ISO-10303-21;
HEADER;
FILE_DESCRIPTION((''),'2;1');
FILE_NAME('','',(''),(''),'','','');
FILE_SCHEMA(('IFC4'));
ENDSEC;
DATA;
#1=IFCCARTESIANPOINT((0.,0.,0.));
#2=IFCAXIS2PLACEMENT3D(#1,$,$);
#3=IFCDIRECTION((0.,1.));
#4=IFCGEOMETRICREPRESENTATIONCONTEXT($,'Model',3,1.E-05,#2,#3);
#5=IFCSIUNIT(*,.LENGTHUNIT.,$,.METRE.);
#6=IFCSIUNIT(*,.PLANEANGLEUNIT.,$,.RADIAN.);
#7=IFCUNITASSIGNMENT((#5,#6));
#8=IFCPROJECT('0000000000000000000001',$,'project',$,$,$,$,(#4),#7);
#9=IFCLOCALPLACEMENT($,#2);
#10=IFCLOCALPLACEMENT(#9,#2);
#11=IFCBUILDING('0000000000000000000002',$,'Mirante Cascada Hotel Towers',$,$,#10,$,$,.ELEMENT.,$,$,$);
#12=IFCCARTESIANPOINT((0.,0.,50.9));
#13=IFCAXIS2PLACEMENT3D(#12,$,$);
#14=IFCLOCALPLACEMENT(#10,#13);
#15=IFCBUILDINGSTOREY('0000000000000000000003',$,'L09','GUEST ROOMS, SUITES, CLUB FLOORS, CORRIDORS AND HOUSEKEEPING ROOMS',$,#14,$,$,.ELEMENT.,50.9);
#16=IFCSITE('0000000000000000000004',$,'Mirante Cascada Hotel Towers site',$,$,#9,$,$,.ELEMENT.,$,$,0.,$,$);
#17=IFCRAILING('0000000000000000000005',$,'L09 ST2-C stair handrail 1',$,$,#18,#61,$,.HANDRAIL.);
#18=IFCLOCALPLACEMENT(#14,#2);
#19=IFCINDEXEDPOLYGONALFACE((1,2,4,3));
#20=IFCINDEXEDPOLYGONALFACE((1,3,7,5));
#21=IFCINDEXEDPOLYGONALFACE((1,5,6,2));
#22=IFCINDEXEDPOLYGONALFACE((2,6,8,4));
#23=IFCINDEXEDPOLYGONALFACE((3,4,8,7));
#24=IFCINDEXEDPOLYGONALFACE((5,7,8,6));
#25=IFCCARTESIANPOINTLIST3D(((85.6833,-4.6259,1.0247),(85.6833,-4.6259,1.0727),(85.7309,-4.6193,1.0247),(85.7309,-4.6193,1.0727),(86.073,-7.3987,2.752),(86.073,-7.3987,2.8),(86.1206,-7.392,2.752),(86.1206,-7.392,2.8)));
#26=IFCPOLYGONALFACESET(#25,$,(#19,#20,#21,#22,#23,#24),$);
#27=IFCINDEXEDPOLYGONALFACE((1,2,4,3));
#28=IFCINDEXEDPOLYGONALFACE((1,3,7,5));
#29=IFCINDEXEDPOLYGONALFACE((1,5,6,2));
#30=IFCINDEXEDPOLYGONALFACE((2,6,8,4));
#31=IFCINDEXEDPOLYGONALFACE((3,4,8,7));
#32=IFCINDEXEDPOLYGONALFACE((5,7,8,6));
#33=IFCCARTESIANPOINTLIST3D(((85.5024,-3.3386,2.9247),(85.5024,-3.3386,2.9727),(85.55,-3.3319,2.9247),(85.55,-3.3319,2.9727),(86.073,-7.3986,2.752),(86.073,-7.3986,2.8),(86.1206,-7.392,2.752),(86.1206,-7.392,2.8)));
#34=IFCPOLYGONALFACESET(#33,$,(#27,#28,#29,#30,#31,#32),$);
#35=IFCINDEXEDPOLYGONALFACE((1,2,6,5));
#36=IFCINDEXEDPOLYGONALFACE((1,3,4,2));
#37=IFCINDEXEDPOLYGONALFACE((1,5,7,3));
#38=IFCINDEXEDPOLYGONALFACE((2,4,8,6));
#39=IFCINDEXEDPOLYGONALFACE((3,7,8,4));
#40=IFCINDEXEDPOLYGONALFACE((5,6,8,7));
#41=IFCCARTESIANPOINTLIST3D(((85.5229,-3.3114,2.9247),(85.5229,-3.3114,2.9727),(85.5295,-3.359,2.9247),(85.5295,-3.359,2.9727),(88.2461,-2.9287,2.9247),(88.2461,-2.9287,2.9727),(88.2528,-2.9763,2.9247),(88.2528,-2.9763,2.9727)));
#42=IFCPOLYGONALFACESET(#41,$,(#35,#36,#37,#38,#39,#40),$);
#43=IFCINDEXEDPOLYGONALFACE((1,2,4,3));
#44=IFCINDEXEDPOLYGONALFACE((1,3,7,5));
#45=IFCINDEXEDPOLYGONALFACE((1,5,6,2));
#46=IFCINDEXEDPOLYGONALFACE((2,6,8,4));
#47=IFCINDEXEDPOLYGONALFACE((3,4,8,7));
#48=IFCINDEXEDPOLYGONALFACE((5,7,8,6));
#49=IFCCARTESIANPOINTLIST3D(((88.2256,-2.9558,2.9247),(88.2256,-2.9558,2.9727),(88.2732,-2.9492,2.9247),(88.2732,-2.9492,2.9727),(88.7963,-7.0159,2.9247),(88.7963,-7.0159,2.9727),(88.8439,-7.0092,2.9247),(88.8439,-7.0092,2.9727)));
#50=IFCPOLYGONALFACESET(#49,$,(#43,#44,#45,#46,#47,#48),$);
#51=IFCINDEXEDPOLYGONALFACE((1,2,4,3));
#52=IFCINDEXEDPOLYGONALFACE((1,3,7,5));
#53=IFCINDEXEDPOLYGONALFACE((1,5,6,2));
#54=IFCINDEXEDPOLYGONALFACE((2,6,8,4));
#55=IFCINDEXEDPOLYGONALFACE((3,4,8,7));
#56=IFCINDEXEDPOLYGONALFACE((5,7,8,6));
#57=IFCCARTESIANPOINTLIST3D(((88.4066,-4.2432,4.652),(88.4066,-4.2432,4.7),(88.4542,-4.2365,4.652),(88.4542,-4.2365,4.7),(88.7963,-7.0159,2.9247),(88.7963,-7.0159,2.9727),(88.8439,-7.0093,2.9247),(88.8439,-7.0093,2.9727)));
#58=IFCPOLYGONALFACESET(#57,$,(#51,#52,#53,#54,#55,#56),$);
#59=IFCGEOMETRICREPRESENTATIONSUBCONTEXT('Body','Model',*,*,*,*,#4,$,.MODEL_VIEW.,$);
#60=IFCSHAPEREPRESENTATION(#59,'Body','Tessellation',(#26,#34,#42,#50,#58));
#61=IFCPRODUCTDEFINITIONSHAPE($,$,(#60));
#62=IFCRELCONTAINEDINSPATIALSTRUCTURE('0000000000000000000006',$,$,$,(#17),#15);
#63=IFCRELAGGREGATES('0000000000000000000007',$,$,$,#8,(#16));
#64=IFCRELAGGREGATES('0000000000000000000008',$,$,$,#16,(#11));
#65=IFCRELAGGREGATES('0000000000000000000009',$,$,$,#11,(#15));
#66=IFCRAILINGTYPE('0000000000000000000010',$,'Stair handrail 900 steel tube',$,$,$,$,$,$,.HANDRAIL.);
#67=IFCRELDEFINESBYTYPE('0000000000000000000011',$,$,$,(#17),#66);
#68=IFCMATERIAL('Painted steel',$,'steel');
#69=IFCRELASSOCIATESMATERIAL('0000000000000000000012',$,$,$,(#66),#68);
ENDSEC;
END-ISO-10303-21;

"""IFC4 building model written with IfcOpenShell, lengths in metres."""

from ifc_helpers import new_model, si_unit, direction, frame, origin, origin_2d, place, context, subcontext, project, spatial, rectangle, extrude, material, type_object, element, save


model = new_model("IFC4")

# Units and contexts
model_context = context("Model", 3, precision=1e-05, world=origin(), true_north=direction((0.0, 1.0)))
body_context = subcontext(model_context, "Body", "Model", "MODEL_VIEW")
ifc_project = project(units=[si_unit("LENGTHUNIT", "METRE"), si_unit("PLANEANGLEUNIT", "RADIAN")], contexts=[model_context])

# Site, building, storey
site_placement = place(None, origin())
site = spatial("IfcSite", under=ifc_project, at=site_placement, Name="Mirante Cascada Hotel Towers site", CompositionType="ELEMENT", RefElevation=0.0)
building_placement = place(site_placement, origin())
building = spatial("IfcBuilding", under=site, at=building_placement, Name="Mirante Cascada Hotel Towers", CompositionType="ELEMENT")
storey_placement = place(building_placement, frame((0.0, 0.0, 50.9)))
storey = spatial("IfcBuildingStorey", under=building, at=storey_placement, Name="L09", Description="GUEST ROOMS, SUITES, CLUB FLOORS, CORRIDORS AND HOUSEKEEPING ROOMS", CompositionType="ELEMENT", Elevation=50.9)

# Railing
ifc_material_1 = material(Name="Painted steel", Category="steel")
railing_type = type_object("IfcRailingType", Name="Stair handrail 900 steel tube", PredefinedType="HANDRAIL", material=ifc_material_1)
railing_placement = place(storey_placement, frame((85.7071, -4.6226, 0.1727)))
element("IfcRailing", 1, at=railing_placement, inside=storey, type_object=railing_type, Name="L09 ST2-C stair handrail 1", PredefinedType="HANDRAIL", context=body_context, shape_type="SweptSolid", body=[
    extrude(rectangle(XDim=0.048, YDim=0.048, at=origin_2d()), frame((0.0, 0.0, 0.876), z_axis=(0.139181, -0.990267, 0.0), x_axis=(0.990267, 0.139181, 0.0)), (0.0, 0.525035, 0.851081), 3.2899),
    extrude(rectangle(XDim=0.048, YDim=0.048, at=origin_2d()), frame((0.3897, -2.7727, 2.6033), z_axis=(-0.139171, 0.990268, 0.0), x_axis=(-0.990268, -0.139171, 0.0)), (0.0, 0.042085, 0.999114), 4.1036),
    extrude(rectangle(XDim=0.048, YDim=0.048, at=origin_2d()), frame((-0.1809, 1.2874, 2.776), z_axis=(0.990269, 0.139166, 0.0), x_axis=(-0.139166, 0.990269, 0.0)), (0.0, 0.0, 1.0), 2.75),
    extrude(rectangle(XDim=0.048, YDim=0.048, at=origin_2d()), frame((2.5423, 1.6701, 2.776), z_axis=(0.139195, -0.990265, 0.0), x_axis=(0.990265, 0.139195, 0.0)), (0.0, 0.0, 1.0), 4.1),
    extrude(rectangle(XDim=0.048, YDim=0.048, at=origin_2d()), frame((3.113, -2.39, 2.776), z_axis=(-0.139181, 0.990267, 0.0), x_axis=(-0.990267, -0.139181, 0.0)), (0.0, 0.525035, 0.851081), 3.2899),
])

save(model, "model.ifc")
